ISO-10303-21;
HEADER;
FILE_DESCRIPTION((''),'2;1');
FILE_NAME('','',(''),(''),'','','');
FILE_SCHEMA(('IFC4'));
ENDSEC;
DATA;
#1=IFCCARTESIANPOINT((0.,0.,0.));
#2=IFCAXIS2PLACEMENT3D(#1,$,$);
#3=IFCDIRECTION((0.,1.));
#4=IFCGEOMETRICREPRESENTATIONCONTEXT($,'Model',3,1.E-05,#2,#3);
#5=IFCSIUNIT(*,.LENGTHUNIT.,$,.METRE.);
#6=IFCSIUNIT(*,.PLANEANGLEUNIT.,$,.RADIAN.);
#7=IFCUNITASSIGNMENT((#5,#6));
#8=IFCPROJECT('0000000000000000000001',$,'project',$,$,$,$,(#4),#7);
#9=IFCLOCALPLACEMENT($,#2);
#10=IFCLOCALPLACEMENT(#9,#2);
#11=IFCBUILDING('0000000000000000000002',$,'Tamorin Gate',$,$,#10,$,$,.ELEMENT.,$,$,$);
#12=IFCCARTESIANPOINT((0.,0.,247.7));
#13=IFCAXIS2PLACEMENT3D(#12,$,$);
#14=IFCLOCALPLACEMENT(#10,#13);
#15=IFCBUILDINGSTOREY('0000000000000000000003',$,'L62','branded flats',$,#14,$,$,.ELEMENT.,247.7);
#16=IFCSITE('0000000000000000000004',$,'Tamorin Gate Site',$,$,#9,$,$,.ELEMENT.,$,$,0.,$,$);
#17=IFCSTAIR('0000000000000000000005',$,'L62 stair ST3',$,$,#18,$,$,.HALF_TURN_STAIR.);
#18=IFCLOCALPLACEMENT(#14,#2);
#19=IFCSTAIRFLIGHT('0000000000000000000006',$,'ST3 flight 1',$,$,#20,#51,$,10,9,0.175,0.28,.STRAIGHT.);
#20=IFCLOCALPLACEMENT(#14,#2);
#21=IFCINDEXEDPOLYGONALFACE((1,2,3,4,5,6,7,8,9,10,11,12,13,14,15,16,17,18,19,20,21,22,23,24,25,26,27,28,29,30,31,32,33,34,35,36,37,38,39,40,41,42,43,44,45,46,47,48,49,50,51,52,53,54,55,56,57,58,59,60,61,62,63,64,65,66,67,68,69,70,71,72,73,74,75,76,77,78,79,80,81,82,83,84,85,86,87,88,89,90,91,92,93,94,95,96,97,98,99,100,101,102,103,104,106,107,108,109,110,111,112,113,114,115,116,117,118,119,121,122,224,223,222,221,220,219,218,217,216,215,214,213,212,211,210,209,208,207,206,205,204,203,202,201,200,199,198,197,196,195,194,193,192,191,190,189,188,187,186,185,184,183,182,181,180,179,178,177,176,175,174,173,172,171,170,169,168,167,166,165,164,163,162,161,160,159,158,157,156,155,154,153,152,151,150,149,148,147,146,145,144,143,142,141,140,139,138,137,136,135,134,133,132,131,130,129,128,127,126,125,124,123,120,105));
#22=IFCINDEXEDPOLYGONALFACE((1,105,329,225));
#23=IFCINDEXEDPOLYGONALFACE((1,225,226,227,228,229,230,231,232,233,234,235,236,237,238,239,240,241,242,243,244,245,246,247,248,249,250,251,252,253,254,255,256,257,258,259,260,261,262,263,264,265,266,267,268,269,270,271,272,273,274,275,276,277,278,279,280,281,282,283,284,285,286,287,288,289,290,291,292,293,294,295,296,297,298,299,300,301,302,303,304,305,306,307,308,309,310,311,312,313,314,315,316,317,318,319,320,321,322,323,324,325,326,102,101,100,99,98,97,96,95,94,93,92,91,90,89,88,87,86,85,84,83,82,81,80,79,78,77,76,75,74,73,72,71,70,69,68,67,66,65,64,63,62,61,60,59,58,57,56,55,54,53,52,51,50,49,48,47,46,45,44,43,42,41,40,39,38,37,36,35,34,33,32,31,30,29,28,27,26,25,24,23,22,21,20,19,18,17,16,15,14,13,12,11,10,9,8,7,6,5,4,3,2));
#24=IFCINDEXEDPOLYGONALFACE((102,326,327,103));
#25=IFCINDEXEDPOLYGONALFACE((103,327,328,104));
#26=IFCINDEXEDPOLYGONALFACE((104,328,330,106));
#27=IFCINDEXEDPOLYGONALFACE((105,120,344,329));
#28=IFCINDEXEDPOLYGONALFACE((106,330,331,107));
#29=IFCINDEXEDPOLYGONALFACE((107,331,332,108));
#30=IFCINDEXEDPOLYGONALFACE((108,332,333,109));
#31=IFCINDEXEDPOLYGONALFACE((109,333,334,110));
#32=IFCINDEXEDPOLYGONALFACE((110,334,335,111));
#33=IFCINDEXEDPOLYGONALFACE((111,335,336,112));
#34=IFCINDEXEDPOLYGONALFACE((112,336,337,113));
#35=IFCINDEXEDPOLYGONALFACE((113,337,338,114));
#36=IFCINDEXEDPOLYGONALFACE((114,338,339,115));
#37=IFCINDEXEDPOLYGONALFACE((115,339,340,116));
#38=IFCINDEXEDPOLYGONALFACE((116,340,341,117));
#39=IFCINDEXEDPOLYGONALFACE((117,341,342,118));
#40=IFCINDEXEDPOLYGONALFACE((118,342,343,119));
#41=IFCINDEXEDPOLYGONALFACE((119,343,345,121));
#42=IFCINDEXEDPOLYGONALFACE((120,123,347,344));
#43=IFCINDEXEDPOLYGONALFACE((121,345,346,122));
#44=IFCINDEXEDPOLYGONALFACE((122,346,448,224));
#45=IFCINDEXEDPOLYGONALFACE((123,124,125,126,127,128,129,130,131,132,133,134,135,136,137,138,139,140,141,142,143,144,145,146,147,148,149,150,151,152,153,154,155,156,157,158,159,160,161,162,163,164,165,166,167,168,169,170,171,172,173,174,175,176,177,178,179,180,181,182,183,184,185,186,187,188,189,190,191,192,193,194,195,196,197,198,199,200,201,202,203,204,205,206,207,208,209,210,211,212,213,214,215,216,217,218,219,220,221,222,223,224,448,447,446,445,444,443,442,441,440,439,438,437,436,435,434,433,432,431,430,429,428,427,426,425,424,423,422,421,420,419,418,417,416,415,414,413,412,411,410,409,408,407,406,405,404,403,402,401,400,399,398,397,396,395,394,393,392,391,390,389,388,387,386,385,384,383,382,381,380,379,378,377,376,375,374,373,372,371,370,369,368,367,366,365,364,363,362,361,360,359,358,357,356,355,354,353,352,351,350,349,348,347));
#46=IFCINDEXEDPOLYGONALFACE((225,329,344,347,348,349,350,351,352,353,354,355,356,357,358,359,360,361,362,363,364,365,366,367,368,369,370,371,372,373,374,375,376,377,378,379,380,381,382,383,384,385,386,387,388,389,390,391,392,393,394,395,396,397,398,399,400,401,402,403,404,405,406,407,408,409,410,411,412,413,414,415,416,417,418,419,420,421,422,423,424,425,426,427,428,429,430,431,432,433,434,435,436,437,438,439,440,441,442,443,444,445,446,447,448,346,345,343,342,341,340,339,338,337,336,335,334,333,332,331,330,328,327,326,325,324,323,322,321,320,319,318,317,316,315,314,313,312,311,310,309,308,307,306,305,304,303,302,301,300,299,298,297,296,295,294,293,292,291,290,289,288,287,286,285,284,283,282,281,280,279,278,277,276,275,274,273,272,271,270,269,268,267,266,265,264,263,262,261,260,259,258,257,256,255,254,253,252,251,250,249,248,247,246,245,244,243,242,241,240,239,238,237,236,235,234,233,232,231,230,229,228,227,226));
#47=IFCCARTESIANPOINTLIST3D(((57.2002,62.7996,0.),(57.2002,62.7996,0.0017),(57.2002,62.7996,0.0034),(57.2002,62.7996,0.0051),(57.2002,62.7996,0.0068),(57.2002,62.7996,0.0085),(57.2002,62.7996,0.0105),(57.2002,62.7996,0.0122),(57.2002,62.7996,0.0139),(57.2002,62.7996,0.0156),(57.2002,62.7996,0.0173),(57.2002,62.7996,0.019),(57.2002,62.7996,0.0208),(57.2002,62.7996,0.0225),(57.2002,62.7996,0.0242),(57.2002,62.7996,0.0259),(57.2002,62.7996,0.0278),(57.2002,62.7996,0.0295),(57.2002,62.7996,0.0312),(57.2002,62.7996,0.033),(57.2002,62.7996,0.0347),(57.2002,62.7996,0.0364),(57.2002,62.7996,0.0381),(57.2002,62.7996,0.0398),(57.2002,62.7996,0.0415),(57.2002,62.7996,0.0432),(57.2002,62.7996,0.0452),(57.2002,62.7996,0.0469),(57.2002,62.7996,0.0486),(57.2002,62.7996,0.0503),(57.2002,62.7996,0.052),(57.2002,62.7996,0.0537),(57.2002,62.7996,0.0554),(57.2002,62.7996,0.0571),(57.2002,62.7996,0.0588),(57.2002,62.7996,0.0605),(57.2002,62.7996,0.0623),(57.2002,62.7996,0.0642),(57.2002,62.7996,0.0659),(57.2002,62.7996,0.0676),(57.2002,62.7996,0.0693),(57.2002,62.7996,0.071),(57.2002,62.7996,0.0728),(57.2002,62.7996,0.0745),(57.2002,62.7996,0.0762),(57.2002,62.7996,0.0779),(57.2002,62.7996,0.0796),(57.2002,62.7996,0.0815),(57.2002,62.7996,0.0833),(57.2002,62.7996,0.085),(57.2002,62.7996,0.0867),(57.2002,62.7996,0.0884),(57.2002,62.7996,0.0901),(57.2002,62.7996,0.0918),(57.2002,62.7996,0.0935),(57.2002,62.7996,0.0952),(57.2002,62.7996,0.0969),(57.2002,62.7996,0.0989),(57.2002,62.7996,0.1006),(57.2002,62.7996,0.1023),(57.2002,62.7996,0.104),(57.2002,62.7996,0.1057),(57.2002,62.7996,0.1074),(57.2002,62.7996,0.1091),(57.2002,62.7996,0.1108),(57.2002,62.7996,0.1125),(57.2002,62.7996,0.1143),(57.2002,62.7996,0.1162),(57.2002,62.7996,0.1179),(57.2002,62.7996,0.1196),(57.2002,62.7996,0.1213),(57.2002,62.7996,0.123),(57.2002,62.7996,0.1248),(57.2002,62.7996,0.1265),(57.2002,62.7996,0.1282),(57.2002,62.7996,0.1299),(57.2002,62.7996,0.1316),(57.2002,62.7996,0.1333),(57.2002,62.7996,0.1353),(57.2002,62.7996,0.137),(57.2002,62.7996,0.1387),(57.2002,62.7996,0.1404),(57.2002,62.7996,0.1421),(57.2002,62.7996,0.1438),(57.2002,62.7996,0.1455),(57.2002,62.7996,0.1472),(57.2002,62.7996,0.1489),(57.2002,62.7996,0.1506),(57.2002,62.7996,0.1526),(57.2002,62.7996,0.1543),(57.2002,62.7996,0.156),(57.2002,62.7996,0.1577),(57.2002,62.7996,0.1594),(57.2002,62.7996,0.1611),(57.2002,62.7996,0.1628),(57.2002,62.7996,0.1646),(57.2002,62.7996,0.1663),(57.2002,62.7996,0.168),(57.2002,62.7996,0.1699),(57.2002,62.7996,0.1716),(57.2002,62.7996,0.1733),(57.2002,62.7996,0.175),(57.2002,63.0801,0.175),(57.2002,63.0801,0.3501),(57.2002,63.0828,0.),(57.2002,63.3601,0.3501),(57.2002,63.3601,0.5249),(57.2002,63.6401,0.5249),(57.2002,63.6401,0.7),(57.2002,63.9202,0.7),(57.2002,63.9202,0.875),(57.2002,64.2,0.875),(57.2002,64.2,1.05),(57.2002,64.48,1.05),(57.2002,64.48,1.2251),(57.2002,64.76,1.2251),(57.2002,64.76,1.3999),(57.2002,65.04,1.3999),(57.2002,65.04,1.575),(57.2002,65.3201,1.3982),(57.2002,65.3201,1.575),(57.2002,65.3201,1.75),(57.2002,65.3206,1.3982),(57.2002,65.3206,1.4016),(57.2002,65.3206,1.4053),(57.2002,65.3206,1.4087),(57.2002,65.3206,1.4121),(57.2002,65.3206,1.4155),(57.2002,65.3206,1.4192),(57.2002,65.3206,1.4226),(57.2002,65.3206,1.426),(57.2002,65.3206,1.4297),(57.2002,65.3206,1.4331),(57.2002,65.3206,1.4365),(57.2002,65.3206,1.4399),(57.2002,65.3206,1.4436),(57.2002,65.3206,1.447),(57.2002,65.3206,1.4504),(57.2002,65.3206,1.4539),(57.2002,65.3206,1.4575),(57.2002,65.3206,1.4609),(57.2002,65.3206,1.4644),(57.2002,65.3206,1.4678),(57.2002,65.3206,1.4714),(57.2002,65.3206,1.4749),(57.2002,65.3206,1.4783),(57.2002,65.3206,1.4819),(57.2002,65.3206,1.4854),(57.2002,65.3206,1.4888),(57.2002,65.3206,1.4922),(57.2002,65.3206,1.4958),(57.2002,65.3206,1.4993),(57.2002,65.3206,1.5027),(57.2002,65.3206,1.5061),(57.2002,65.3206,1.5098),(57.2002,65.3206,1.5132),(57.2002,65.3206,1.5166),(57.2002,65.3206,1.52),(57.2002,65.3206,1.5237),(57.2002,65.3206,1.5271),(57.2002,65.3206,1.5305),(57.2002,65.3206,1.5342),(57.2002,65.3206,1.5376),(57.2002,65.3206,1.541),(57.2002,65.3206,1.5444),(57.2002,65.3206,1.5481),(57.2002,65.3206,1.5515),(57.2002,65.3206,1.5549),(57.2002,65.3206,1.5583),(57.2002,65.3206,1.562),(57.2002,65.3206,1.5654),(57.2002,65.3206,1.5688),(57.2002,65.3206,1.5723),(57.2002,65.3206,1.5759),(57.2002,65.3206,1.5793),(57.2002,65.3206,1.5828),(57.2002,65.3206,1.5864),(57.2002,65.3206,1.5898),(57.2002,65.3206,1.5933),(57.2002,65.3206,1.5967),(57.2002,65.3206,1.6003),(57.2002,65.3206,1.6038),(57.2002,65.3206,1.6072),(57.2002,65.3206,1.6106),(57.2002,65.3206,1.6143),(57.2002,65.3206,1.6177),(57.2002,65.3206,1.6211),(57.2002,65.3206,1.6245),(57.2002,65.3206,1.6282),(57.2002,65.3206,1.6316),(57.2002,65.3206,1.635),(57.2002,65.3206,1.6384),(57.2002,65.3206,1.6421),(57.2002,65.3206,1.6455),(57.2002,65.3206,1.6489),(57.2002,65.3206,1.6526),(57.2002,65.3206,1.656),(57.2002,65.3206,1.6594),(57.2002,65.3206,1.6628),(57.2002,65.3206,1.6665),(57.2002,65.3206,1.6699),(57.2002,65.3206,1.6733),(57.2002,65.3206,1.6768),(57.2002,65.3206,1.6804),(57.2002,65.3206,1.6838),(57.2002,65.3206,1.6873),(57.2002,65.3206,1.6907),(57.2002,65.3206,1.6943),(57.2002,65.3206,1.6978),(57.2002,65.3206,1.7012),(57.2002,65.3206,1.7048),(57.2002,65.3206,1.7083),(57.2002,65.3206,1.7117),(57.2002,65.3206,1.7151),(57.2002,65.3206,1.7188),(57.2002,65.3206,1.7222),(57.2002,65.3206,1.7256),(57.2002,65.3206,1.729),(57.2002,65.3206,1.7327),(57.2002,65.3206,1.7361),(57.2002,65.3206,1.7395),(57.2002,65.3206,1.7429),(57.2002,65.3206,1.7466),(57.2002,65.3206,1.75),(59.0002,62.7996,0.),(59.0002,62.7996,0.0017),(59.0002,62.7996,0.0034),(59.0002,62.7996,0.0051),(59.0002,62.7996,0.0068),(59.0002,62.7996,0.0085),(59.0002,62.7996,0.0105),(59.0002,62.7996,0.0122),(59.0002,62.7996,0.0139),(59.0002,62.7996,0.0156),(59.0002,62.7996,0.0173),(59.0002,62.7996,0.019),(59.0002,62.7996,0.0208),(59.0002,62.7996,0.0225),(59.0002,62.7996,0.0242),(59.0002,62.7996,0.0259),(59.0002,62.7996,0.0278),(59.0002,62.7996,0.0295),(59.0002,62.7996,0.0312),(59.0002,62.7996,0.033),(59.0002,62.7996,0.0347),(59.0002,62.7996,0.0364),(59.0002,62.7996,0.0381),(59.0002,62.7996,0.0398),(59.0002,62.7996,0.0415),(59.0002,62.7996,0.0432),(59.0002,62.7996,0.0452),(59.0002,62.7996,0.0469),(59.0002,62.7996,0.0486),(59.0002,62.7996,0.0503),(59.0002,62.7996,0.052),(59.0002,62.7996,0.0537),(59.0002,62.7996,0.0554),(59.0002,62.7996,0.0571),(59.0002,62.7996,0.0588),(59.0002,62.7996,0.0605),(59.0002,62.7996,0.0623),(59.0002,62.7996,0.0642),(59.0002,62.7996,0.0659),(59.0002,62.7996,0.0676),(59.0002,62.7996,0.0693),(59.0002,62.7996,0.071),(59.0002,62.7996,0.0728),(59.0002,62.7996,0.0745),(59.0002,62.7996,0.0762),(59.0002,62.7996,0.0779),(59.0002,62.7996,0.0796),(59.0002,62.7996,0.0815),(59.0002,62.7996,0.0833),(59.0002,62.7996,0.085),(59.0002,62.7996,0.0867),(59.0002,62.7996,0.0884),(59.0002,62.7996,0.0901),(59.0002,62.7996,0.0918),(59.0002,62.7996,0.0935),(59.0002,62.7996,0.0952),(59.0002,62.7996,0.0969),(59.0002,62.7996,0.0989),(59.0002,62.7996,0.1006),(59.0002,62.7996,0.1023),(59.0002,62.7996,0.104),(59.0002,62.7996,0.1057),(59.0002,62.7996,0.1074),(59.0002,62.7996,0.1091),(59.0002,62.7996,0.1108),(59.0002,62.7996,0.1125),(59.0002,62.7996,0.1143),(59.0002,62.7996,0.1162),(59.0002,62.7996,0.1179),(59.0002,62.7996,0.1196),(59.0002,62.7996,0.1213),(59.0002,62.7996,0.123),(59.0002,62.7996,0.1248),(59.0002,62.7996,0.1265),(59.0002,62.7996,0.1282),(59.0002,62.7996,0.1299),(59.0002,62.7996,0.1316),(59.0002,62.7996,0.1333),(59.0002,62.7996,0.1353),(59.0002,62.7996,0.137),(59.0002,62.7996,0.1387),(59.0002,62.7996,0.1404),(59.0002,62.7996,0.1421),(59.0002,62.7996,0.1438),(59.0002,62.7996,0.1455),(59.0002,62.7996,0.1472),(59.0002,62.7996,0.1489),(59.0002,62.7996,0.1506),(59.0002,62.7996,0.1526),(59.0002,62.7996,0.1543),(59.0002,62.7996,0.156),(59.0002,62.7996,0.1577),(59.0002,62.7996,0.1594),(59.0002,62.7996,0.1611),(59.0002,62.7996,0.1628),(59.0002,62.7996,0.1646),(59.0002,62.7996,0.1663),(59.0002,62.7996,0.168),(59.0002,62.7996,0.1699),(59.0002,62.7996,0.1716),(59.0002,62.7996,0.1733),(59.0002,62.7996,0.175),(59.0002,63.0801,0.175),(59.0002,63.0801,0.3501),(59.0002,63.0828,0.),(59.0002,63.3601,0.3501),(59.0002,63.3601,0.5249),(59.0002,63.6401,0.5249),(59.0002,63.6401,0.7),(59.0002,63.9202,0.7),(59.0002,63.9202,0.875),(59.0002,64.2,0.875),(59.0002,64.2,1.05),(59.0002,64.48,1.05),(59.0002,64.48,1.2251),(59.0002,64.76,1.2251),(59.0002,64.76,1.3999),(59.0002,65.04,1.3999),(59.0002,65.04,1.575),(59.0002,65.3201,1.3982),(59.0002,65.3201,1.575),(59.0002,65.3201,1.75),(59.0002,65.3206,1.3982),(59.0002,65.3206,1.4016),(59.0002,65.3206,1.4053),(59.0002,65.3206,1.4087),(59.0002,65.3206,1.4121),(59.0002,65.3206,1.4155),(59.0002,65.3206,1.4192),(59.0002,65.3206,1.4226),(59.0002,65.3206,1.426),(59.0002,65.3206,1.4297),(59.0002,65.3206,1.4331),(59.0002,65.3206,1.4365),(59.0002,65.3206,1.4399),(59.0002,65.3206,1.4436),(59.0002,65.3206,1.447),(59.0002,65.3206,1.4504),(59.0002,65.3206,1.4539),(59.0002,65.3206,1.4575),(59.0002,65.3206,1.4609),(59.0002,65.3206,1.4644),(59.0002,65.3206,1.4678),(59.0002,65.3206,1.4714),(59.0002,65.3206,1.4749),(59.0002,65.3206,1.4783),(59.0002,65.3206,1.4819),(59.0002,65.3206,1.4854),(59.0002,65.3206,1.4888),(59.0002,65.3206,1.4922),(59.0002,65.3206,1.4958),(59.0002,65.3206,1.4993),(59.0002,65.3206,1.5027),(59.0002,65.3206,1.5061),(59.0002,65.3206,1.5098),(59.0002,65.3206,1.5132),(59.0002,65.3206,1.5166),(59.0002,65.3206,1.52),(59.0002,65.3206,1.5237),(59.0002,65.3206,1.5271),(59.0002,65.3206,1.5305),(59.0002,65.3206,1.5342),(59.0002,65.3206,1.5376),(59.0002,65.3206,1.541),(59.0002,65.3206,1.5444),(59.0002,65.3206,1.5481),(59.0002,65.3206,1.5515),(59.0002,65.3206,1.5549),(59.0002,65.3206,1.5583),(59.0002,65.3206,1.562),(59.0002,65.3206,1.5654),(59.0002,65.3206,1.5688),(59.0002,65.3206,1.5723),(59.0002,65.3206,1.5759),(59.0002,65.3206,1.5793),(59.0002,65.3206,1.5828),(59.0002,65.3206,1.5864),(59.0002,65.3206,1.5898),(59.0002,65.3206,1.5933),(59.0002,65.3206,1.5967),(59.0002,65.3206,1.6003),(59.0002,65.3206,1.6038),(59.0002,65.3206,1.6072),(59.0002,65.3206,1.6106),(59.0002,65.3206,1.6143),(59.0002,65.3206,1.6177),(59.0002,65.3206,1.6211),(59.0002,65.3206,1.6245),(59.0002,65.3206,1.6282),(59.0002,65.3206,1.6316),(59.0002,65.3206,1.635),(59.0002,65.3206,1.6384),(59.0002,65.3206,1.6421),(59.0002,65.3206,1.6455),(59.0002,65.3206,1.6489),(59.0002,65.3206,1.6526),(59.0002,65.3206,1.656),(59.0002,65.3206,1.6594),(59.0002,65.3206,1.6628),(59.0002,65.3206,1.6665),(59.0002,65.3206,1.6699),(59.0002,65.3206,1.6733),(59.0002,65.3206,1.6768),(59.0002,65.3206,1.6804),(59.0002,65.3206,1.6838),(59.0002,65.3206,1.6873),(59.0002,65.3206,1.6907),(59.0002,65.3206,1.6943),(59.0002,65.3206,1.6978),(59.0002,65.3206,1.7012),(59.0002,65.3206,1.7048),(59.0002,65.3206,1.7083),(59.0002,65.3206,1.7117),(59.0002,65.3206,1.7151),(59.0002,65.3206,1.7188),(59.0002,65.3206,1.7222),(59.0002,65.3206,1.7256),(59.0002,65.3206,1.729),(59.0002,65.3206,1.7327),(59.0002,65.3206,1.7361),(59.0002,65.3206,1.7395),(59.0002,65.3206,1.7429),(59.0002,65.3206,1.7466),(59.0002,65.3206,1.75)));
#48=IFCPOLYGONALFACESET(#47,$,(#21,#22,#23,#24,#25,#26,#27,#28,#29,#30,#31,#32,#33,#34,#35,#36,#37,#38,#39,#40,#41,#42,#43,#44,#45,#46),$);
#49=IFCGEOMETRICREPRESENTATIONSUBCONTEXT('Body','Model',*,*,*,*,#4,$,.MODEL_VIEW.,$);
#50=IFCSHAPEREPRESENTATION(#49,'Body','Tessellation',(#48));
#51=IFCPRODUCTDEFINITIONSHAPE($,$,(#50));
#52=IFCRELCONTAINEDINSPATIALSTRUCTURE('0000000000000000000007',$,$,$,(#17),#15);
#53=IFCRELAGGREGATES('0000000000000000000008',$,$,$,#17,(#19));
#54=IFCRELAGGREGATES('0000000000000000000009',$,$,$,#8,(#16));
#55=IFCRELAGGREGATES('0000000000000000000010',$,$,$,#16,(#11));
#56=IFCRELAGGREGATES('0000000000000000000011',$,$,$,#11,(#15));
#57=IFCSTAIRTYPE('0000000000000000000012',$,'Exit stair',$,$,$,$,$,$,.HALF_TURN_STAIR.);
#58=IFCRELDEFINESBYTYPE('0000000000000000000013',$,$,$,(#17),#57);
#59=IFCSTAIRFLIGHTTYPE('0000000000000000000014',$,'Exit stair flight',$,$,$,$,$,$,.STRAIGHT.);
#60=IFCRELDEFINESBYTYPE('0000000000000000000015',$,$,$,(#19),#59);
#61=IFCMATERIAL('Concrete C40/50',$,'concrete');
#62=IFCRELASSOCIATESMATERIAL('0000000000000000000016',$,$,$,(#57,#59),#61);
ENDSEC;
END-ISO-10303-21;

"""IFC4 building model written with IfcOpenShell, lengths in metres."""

from ifc_helpers import new_model, si_unit, direction, frame, origin, place, context, subcontext, project, spatial, polyline, outline, extrude, material, type_object, element, aggregate, save


model = new_model("IFC4")

# Units and contexts
model_context = context("Model", 3, precision=1e-05, world=origin(), true_north=direction((0.0, 1.0)))
body_context = subcontext(model_context, "Body", "Model", "MODEL_VIEW")
ifc_project = project(units=[si_unit("LENGTHUNIT", "METRE"), si_unit("PLANEANGLEUNIT", "RADIAN")], contexts=[model_context])

# Site, building, storey
site_placement = place(None, origin())
site = spatial("IfcSite", under=ifc_project, at=site_placement, Name="Tamorin Gate Site", CompositionType="ELEMENT", RefElevation=0.0)
building_placement = place(site_placement, origin())
building = spatial("IfcBuilding", under=site, at=building_placement, Name="Tamorin Gate", CompositionType="ELEMENT")
storey_placement = place(building_placement, frame((0.0, 0.0, 247.7)))
storey = spatial("IfcBuildingStorey", under=building, at=storey_placement, Name="L62", Description="branded flats", CompositionType="ELEMENT", Elevation=247.7)

# Stair, stair flight
ifc_material_1 = material(Name="Concrete C40/50", Category="concrete")
stair_type = type_object("IfcStairType", Name="Exit stair", PredefinedType="HALF_TURN_STAIR", material=ifc_material_1)
stair_placement = place(storey_placement, origin())
stair = element("IfcStair", 1, at=stair_placement, inside=storey, type_object=stair_type, Name="L62 stair ST3", PredefinedType="HALF_TURN_STAIR")
stair_flight_type = type_object("IfcStairFlightType", Name="Exit stair flight", PredefinedType="STRAIGHT", material=ifc_material_1)
stair_flight_1_placement = place(storey_placement, frame((58.1001, 62.8, 0.0), z_axis=(0.0, 0.0, 1.0), x_axis=(0.0, 1.0, 0.0)))
stair_flight_1 = element("IfcStairFlight", 2, at=stair_flight_1_placement, type_object=stair_flight_type, Name="ST3 flight 1", NumberOfRisers=10, NumberOfTreads=9, PredefinedType="STRAIGHT", RiserHeight=0.175, TreadLength=0.28, context=body_context, shape_type="SweptSolid", body=[
    extrude(outline(polyline([(-0.0005, 0.0), (-0.0005, 0.0017), (-0.0005, 0.0034), (-0.0005, 0.0051), (-0.0005, 0.0068), (-0.0005, 0.0085), (-0.0005, 0.0105), (-0.0005, 0.0122), (-0.0005, 0.0139), (-0.0005, 0.0156), (-0.0005, 0.0173), (-0.0005, 0.019), (-0.0005, 0.0208), (-0.0005, 0.0225), (-0.0005, 0.0242), (-0.0005, 0.0259), (-0.0005, 0.0278), (-0.0005, 0.0295), (-0.0005, 0.0312), (-0.0005, 0.033), (-0.0005, 0.0347), (-0.0005, 0.0364), (-0.0005, 0.0381), (-0.0005, 0.0398), (-0.0005, 0.0415), (-0.0005, 0.0432), (-0.0005, 0.0452), (-0.0005, 0.0469), (-0.0005, 0.0486), (-0.0005, 0.0503), (-0.0005, 0.052), (-0.0005, 0.0537), (-0.0005, 0.0554), (-0.0005, 0.0571), (-0.0005, 0.0588), (-0.0005, 0.0605), (-0.0005, 0.0623), (-0.0005, 0.0642), (-0.0005, 0.0659), (-0.0005, 0.0676), (-0.0005, 0.0693), (-0.0005, 0.071), (-0.0005, 0.0728), (-0.0005, 0.0745), (-0.0005, 0.0762), (-0.0005, 0.0779), (-0.0005, 0.0796), (-0.0005, 0.0815), (-0.0005, 0.0833), (-0.0005, 0.085), (-0.0005, 0.0867), (-0.0005, 0.0884), (-0.0005, 0.0901), (-0.0005, 0.0918), (-0.0005, 0.0935), (-0.0005, 0.0952), (-0.0005, 0.0969), (-0.0005, 0.0989), (-0.0005, 0.1006), (-0.0005, 0.1023), (-0.0005, 0.104), (-0.0005, 0.1057), (-0.0005, 0.1074), (-0.0005, 0.1091), (-0.0005, 0.1108), (-0.0005, 0.1125), (-0.0005, 0.1143), (-0.0005, 0.1162), (-0.0005, 0.1179), (-0.0005, 0.1196), (-0.0005, 0.1213), (-0.0005, 0.123), (-0.0005, 0.1248), (-0.0005, 0.1265), (-0.0005, 0.1282), (-0.0005, 0.1299), (-0.0005, 0.1316), (-0.0005, 0.1333), (-0.0005, 0.1353), (-0.0005, 0.137), (-0.0005, 0.1387), (-0.0005, 0.1404), (-0.0005, 0.1421), (-0.0005, 0.1438), (-0.0005, 0.1455), (-0.0005, 0.1472), (-0.0005, 0.1489), (-0.0005, 0.1506), (-0.0005, 0.1526), (-0.0005, 0.1543), (-0.0005, 0.156), (-0.0005, 0.1577), (-0.0005, 0.1594), (-0.0005, 0.1611), (-0.0005, 0.1628), (-0.0005, 0.1646), (-0.0005, 0.1663), (-0.0005, 0.168), (-0.0005, 0.1699), (-0.0005, 0.1716), (-0.0005, 0.1733), (-0.0005, 0.175), (0.28, 0.175), (0.28, 0.3501), (0.5601, 0.3501), (0.5601, 0.5249), (0.8401, 0.5249), (0.8401, 0.7), (1.1201, 0.7), (1.1201, 0.875), (1.3999, 0.875), (1.3999, 1.05), (1.6799, 1.05), (1.6799, 1.2251), (1.96, 1.2251), (1.96, 1.3999), (2.24, 1.3999), (2.24, 1.575), (2.52, 1.575), (2.52, 1.75), (2.5205, 1.75), (2.5205, 1.7466), (2.5205, 1.7429), (2.5205, 1.7395), (2.5205, 1.7361), (2.5205, 1.7327), (2.5205, 1.729), (2.5205, 1.7256), (2.5205, 1.7222), (2.5205, 1.7188), (2.5205, 1.7151), (2.5205, 1.7117), (2.5205, 1.7083), (2.5205, 1.7048), (2.5205, 1.7012), (2.5205, 1.6978), (2.5205, 1.6943), (2.5205, 1.6907), (2.5205, 1.6873), (2.5205, 1.6838), (2.5205, 1.6804), (2.5205, 1.6768), (2.5205, 1.6733), (2.5205, 1.6699), (2.5205, 1.6665), (2.5205, 1.6628), (2.5205, 1.6594), (2.5205, 1.656), (2.5205, 1.6526), (2.5205, 1.6489), (2.5205, 1.6455), (2.5205, 1.6421), (2.5205, 1.6384), (2.5205, 1.635), (2.5205, 1.6316), (2.5205, 1.6282), (2.5205, 1.6245), (2.5205, 1.6211), (2.5205, 1.6177), (2.5205, 1.6143), (2.5205, 1.6106), (2.5205, 1.6072), (2.5205, 1.6038), (2.5205, 1.6003), (2.5205, 1.5967), (2.5205, 1.5933), (2.5205, 1.5898), (2.5205, 1.5864), (2.5205, 1.5828), (2.5205, 1.5793), (2.5205, 1.5759), (2.5205, 1.5723), (2.5205, 1.5688), (2.5205, 1.5654), (2.5205, 1.562), (2.5205, 1.5583), (2.5205, 1.5549), (2.5205, 1.5515), (2.5205, 1.5481), (2.5205, 1.5444), (2.5205, 1.541), (2.5205, 1.5376), (2.5205, 1.5342), (2.5205, 1.5305), (2.5205, 1.5271), (2.5205, 1.5237), (2.5205, 1.52), (2.5205, 1.5166), (2.5205, 1.5132), (2.5205, 1.5098), (2.5205, 1.5061), (2.5205, 1.5027), (2.5205, 1.4993), (2.5205, 1.4958), (2.5205, 1.4922), (2.5205, 1.4888), (2.5205, 1.4854), (2.5205, 1.4819), (2.5205, 1.4783), (2.5205, 1.4749), (2.5205, 1.4714), (2.5205, 1.4678), (2.5205, 1.4644), (2.5205, 1.4609), (2.5205, 1.4575), (2.5205, 1.4539), (2.5205, 1.4504), (2.5205, 1.447), (2.5205, 1.4436), (2.5205, 1.4399), (2.5205, 1.4365), (2.5205, 1.4331), (2.5205, 1.4297), (2.5205, 1.426), (2.5205, 1.4226), (2.5205, 1.4192), (2.5205, 1.4155), (2.5205, 1.4121), (2.5205, 1.4087), (2.5205, 1.4053), (2.5205, 1.4016), (2.5205, 1.3982), (2.52, 1.3982), (0.2827, 0.0), (-0.0005, 0.0)])), frame((0.0, 0.8999, 0.0), z_axis=(0.0, -1.0, 0.0), x_axis=(1.0, 0.0, 0.0)), (0.0, 0.0, 1.0), 1.8),
])
aggregate(stair, [stair_flight_1])

save(model, "model.ifc")
